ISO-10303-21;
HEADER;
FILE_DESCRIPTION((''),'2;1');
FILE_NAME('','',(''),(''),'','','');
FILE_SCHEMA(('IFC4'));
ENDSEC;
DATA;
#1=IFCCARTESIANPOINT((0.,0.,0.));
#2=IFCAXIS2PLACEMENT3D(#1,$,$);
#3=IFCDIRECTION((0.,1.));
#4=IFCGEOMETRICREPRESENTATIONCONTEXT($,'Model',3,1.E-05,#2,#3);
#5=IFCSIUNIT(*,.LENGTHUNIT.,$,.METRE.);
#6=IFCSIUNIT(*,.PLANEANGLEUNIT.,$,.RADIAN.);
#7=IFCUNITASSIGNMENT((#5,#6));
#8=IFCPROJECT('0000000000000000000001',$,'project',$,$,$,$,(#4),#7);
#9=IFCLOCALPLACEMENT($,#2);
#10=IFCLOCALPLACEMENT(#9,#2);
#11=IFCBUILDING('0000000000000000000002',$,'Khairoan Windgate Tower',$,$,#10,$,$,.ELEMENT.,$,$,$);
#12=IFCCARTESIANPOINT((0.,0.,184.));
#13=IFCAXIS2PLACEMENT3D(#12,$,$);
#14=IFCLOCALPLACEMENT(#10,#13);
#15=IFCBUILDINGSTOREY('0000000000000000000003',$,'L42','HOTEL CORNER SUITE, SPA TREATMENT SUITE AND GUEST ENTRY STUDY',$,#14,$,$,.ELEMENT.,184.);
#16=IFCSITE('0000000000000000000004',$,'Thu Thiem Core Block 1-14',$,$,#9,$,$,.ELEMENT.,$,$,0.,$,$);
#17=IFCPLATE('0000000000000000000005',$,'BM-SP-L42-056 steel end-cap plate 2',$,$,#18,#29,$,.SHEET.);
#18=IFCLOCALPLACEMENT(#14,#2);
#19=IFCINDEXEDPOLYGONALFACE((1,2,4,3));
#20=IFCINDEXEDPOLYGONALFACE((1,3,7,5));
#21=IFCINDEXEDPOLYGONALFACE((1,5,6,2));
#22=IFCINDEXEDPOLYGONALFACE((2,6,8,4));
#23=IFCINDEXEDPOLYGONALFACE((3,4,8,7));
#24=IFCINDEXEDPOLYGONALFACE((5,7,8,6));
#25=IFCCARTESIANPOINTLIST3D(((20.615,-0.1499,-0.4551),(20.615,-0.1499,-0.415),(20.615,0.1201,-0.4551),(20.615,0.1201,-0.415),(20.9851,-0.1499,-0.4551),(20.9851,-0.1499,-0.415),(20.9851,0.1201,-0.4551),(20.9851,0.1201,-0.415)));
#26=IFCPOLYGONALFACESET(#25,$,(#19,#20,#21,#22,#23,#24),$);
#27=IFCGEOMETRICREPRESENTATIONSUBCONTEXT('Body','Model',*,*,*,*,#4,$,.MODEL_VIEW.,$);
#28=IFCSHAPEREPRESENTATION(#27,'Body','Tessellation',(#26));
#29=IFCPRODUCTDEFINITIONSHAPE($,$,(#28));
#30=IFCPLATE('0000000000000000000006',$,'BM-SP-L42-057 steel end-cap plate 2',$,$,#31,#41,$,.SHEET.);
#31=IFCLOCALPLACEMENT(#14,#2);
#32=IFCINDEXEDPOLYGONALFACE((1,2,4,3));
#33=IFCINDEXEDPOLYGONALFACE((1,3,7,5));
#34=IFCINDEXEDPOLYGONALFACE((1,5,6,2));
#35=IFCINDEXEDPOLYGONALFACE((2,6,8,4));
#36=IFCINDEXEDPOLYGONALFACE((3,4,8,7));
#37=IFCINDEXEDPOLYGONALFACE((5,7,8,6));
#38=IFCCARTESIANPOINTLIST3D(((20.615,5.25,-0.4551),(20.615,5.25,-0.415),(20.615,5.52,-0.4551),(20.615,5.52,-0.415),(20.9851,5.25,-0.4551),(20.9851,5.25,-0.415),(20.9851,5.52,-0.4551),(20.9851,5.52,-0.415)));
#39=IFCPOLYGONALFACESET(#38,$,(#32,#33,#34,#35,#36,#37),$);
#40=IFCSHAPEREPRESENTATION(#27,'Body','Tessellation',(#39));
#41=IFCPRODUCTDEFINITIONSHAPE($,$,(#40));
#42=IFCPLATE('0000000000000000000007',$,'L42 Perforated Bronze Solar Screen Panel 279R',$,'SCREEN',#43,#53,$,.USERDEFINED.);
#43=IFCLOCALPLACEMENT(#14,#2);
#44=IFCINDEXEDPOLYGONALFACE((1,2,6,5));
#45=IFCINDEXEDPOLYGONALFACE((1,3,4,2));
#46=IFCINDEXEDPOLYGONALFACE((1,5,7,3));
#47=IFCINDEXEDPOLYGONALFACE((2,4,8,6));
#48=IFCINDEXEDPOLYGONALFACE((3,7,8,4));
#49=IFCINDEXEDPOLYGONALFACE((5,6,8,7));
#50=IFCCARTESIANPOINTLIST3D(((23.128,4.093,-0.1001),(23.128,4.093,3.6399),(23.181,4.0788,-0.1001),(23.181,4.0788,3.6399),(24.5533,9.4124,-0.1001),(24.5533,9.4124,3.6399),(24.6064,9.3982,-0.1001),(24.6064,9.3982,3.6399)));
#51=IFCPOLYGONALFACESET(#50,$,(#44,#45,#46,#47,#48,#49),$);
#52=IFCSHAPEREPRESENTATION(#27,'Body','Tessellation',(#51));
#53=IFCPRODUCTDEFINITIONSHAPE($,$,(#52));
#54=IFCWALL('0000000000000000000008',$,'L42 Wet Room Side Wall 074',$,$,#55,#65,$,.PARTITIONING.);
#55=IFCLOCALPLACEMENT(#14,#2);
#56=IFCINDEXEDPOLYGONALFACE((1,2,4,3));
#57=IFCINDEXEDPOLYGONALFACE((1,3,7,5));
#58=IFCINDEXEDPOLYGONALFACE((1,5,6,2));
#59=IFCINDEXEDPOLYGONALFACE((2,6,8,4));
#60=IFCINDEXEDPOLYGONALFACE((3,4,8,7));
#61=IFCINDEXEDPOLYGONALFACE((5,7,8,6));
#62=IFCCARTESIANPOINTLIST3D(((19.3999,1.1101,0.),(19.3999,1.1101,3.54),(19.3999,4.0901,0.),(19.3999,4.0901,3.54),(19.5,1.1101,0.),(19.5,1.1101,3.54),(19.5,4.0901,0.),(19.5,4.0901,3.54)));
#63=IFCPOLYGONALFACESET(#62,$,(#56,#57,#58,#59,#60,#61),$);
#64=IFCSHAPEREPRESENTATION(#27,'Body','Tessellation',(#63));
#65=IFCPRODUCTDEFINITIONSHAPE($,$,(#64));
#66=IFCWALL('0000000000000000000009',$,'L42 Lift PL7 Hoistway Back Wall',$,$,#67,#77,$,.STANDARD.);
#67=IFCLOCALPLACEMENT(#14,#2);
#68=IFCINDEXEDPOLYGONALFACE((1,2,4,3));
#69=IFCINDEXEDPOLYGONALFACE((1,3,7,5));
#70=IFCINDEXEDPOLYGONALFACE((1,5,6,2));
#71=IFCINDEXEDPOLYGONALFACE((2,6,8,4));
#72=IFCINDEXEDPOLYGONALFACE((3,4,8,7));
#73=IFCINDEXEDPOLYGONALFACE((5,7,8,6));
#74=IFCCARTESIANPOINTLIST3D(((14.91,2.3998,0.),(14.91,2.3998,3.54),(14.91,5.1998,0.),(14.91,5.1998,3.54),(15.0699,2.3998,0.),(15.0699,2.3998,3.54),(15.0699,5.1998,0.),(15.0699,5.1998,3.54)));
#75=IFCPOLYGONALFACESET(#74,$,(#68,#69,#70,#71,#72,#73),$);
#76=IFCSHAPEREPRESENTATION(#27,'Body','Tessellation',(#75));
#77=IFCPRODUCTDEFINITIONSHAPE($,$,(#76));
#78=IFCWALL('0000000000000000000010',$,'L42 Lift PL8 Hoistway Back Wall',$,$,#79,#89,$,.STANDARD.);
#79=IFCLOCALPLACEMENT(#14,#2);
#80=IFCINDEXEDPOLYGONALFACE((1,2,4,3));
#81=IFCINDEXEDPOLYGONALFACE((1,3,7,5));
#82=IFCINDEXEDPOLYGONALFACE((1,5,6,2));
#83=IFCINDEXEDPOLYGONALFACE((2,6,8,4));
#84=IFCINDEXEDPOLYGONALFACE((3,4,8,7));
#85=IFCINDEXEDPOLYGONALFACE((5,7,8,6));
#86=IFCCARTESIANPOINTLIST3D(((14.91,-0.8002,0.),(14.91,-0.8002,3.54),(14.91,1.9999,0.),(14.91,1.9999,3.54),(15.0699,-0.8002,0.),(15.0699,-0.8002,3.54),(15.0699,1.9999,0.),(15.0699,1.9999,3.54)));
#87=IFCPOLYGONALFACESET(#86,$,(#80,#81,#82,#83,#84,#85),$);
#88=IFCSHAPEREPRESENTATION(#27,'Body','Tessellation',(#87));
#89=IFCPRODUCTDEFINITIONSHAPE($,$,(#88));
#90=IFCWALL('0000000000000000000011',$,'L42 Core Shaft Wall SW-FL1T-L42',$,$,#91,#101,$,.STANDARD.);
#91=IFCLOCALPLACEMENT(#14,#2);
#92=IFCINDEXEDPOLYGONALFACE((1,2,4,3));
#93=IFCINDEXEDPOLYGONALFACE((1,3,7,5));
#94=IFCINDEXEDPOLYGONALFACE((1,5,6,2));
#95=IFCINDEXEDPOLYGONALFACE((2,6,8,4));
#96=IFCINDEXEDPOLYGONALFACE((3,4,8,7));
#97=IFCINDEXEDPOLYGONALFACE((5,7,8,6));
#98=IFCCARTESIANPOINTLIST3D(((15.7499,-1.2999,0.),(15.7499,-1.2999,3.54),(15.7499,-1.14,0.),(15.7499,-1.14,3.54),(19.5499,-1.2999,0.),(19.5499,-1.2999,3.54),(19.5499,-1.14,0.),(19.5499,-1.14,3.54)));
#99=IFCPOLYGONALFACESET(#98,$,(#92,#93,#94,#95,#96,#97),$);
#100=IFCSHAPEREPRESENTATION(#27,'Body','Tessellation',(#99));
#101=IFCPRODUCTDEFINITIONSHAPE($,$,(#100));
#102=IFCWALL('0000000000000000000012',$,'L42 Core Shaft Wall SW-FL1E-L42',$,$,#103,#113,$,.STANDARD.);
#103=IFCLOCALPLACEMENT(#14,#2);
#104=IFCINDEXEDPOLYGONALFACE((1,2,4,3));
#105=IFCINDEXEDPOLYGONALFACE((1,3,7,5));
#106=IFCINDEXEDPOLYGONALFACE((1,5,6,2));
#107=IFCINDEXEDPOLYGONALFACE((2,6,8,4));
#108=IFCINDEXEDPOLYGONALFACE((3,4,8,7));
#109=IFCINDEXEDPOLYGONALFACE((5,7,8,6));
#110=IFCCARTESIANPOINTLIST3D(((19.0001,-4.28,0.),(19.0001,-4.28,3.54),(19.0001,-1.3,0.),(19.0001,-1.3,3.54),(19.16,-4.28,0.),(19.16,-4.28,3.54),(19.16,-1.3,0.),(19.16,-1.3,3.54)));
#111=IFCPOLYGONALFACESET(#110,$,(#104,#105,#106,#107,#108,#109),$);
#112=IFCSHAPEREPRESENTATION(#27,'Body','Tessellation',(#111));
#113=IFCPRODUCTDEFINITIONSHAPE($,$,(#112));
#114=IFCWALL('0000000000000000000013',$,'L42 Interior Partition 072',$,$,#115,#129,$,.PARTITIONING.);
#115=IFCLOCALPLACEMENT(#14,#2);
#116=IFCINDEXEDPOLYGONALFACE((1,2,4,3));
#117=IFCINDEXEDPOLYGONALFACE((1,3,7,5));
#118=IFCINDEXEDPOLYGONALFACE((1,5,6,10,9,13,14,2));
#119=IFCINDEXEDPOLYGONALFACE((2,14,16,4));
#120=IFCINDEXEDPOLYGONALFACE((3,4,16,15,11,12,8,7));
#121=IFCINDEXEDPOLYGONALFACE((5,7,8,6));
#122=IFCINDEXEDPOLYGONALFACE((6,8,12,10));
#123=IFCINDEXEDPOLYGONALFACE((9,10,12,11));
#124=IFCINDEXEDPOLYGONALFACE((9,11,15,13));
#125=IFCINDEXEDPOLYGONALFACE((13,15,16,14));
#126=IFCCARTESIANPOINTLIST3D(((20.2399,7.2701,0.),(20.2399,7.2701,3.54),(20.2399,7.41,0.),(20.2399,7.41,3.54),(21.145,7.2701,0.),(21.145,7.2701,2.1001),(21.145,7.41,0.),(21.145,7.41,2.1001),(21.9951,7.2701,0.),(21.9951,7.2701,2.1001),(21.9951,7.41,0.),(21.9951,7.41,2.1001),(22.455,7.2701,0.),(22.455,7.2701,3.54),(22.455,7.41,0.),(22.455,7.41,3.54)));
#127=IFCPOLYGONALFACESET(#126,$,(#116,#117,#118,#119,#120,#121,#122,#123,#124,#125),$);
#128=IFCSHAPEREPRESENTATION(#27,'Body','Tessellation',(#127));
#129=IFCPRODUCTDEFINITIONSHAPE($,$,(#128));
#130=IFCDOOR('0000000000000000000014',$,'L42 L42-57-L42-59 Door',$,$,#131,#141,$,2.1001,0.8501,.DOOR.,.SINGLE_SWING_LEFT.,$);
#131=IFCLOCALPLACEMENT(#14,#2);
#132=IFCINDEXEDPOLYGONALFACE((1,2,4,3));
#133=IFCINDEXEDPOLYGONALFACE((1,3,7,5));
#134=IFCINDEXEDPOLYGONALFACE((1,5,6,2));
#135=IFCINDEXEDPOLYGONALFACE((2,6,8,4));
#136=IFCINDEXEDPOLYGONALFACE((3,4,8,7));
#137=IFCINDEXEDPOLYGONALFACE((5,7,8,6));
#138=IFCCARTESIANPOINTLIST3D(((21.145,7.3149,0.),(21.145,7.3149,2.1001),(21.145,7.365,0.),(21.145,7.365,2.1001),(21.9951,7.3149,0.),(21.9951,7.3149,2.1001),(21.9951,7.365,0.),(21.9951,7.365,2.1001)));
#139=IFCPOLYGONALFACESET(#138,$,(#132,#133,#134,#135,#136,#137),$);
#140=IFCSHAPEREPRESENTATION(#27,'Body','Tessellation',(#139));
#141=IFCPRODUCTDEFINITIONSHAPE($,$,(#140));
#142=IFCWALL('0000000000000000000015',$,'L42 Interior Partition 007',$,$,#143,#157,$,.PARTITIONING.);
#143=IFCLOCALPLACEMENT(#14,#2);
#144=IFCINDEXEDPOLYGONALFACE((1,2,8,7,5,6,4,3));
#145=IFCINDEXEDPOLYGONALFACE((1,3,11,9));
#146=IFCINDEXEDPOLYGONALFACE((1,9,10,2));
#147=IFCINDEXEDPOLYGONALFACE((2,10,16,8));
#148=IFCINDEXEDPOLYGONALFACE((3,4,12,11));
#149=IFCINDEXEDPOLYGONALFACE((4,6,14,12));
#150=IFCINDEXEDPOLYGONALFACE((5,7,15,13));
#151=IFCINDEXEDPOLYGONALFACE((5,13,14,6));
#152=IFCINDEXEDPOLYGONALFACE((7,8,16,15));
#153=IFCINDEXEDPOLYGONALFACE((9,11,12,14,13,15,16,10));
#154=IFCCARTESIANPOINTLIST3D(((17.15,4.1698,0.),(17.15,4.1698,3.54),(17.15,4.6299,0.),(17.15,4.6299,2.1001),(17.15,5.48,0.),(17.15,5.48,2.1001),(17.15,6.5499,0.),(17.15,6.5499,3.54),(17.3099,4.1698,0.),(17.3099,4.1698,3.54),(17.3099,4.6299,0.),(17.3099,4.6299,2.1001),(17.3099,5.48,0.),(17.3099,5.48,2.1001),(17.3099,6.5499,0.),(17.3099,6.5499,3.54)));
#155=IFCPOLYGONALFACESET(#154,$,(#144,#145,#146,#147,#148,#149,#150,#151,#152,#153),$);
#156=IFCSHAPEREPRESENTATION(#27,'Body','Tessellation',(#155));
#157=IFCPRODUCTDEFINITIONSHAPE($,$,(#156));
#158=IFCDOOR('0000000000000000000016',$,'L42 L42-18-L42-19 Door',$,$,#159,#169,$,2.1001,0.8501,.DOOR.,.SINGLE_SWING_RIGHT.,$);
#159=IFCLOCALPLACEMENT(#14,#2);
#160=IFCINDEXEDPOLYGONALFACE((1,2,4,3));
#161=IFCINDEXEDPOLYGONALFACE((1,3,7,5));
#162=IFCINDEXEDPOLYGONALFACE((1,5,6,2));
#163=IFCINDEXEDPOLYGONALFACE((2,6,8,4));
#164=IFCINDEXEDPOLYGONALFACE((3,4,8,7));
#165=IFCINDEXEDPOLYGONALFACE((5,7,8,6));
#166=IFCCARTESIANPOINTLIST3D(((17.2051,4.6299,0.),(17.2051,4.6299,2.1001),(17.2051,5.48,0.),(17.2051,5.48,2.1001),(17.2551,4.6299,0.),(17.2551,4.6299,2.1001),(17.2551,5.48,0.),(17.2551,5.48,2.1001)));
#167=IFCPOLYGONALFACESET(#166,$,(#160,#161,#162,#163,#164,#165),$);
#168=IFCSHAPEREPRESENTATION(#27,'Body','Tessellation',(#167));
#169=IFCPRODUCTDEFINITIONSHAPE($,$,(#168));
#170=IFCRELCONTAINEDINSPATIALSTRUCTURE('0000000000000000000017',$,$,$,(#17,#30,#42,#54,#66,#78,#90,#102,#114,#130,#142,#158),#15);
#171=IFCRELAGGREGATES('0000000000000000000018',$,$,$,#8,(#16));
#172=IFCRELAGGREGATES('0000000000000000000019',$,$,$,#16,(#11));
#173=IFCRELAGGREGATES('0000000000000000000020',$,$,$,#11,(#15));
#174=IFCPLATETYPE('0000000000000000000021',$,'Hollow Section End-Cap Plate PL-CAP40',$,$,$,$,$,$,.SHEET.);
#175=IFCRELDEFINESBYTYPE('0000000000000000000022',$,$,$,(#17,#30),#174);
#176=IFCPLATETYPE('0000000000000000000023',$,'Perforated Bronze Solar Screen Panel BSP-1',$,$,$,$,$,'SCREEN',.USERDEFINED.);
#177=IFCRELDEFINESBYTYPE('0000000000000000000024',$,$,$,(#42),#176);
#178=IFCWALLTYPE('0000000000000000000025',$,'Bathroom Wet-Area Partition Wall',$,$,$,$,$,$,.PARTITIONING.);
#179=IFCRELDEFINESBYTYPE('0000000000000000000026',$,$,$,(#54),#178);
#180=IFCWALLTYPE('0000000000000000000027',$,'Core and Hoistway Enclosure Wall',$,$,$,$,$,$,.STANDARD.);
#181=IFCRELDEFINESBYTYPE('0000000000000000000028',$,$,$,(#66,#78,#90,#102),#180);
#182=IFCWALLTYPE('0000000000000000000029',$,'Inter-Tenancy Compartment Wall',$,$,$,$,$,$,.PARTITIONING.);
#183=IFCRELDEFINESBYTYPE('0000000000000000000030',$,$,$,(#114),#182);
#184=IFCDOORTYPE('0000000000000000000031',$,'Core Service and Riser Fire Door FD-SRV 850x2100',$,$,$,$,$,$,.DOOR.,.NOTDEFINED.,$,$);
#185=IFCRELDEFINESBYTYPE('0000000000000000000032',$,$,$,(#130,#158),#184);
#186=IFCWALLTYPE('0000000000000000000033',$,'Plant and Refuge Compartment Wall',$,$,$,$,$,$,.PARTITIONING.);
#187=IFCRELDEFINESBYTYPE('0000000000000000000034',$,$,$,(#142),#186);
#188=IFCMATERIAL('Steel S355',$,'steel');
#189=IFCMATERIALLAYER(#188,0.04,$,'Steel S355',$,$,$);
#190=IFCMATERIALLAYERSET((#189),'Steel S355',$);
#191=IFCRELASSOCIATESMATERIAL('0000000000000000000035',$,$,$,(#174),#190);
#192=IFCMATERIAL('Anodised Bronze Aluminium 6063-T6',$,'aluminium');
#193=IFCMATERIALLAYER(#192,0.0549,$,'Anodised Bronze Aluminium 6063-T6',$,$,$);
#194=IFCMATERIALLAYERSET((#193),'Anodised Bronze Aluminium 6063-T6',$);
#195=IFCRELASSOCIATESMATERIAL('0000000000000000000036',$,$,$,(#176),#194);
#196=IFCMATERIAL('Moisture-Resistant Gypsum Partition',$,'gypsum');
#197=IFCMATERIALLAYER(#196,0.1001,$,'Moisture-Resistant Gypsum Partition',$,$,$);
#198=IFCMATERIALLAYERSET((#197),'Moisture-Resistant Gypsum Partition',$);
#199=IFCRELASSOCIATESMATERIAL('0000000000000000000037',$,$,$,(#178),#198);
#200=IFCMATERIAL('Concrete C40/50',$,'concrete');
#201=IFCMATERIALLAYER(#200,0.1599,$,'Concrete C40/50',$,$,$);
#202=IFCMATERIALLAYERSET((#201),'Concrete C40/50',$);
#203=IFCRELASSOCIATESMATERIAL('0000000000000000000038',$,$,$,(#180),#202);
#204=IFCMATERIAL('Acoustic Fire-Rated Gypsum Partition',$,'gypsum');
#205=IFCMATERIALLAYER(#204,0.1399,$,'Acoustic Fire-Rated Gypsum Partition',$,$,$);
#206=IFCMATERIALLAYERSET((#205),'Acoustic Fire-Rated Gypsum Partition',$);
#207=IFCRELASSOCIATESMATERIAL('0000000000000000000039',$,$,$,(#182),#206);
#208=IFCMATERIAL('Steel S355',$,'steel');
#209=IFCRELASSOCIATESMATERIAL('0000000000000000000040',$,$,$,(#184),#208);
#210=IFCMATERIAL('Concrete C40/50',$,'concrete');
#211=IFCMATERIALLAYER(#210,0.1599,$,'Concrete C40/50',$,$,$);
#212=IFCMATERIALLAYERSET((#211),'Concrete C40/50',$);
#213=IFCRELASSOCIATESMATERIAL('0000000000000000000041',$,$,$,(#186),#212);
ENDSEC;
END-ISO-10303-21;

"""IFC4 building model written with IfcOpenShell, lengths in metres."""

from ifc_helpers import new_model, si_unit, direction, frame, frame_2d, origin, origin_2d, place, context, subcontext, project, spatial, rectangle, extrude, material, layer, layer_set, type_object, element, fill, save


model = new_model("IFC4")

# Units and contexts
model_context = context("Model", 3, precision=1e-05, world=origin(), true_north=direction((0.0, 1.0)))
body_context = subcontext(model_context, "Body", "Model", "MODEL_VIEW")
ifc_project = project(units=[si_unit("LENGTHUNIT", "METRE"), si_unit("PLANEANGLEUNIT", "RADIAN")], contexts=[model_context])

# Site, building, storey
site_placement = place(None, origin())
site = spatial("IfcSite", under=ifc_project, at=site_placement, Name="Thu Thiem Core Block 1-14", CompositionType="ELEMENT", RefElevation=0.0)
building_placement = place(site_placement, origin())
building = spatial("IfcBuilding", under=site, at=building_placement, Name="Khairoan Windgate Tower", CompositionType="ELEMENT")
storey_placement = place(building_placement, frame((0.0, 0.0, 184.0)))
storey = spatial("IfcBuildingStorey", under=building, at=storey_placement, Name="L42", Description="HOTEL CORNER SUITE, SPA TREATMENT SUITE AND GUEST ENTRY STUDY", CompositionType="ELEMENT", Elevation=184.0)

# Plates
ifc_material_1 = material(Name="Steel S355", Category="steel")
ifc_layer_1 = layer(ifc_material_1, 0.04, Name="Steel S355")
ifc_layer_set_1 = layer_set([ifc_layer_1], Name="Steel S355")
plate_type_1 = type_object("IfcPlateType", Name="Hollow Section End-Cap Plate PL-CAP40", PredefinedType="SHEET", material=ifc_layer_set_1)
for number, where, z_axis, x_axis, name in (
    (1, (20.8, -0.0149, -0.4551), (0.0, 0.0, 1.0), (0.0, 1.0, 0.0), "BM-SP-L42-056 steel end-cap plate 2"),
    (2, (20.8, 5.385, -0.4551), (0.0, 0.0, 1.0), (0.0, 1.0, 0.0), "BM-SP-L42-057 steel end-cap plate 2"),
):
    element("IfcPlate", number, at=place(storey_placement, frame(where, z_axis=z_axis, x_axis=x_axis)), inside=storey, type_object=plate_type_1, Name=name, PredefinedType="SHEET", context=body_context, shape_type="SweptSolid", body=[
        extrude(rectangle(XDim=0.27, YDim=0.3701, at=origin_2d()), origin(), (0.0, 0.0, 1.0), 0.04),
    ])
ifc_material_2 = material(Name="Anodised Bronze Aluminium 6063-T6", Category="aluminium")
ifc_layer_2 = layer(ifc_material_2, 0.0549, Name="Anodised Bronze Aluminium 6063-T6")
ifc_layer_set_2 = layer_set([ifc_layer_2], Name="Anodised Bronze Aluminium 6063-T6")
plate_type_2 = type_object("IfcPlateType", Name="Perforated Bronze Solar Screen Panel BSP-1", ElementType="SCREEN", PredefinedType="USERDEFINED", material=ifc_layer_set_2)
plate_placement = place(storey_placement, frame((23.8672, 6.7456, -0.1001), z_axis=(0.0, 0.0, 1.0), x_axis=(-0.258819, -0.965926, 0.0)))
element("IfcPlate", 3, at=plate_placement, inside=storey, type_object=plate_type_2, Name="L42 Perforated Bronze Solar Screen Panel 279R", ObjectType="SCREEN", PredefinedType="USERDEFINED", context=body_context, shape_type="SweptSolid", body=[
    extrude(rectangle(XDim=5.5071, YDim=0.0549, at=origin_2d()), origin(), (0.0, 0.0, 1.0), 3.74),
])

# Walls
ifc_material_3 = material(Name="Moisture-Resistant Gypsum Partition", Category="gypsum")
ifc_layer_3 = layer(ifc_material_3, 0.1001, Name="Moisture-Resistant Gypsum Partition")
ifc_layer_set_3 = layer_set([ifc_layer_3], Name="Moisture-Resistant Gypsum Partition")
wall_type_1 = type_object("IfcWallType", Name="Bathroom Wet-Area Partition Wall", PredefinedType="PARTITIONING", material=ifc_layer_set_3)
wall_1_placement = place(storey_placement, frame((19.45, 4.0901, 0.0), z_axis=(0.0, 0.0, 1.0), x_axis=(0.0, -1.0, 0.0)))
element("IfcWall", 4, at=wall_1_placement, inside=storey, type_object=wall_type_1, Name="L42 Wet Room Side Wall 074", PredefinedType="PARTITIONING", context=body_context, shape_type="SweptSolid", body=[
    extrude(rectangle(XDim=2.98, YDim=0.1001, at=frame_2d((1.49, 0.0))), origin(), (0.0, 0.0, 1.0), 3.54),
])
ifc_material_4 = material(Name="Concrete C40/50", Category="concrete")
ifc_layer_4 = layer(ifc_material_4, 0.1599, Name="Concrete C40/50")
ifc_layer_set_4 = layer_set([ifc_layer_4], Name="Concrete C40/50")
wall_type_2 = type_object("IfcWallType", Name="Core and Hoistway Enclosure Wall", PredefinedType="STANDARD", material=ifc_layer_set_4)
for number, where, z_axis, x_axis, name in (
    (5, (14.99, 2.3999, 0.0), (0.0, 0.0, 1.0), (0.0, 1.0, 0.0), "L42 Lift PL7 Hoistway Back Wall"),
    (6, (14.99, -0.8, 0.0), (0.0, 0.0, 1.0), (0.0, 1.0, 0.0), "L42 Lift PL8 Hoistway Back Wall"),
):
    element("IfcWall", number, at=place(storey_placement, frame(where, z_axis=z_axis, x_axis=x_axis)), inside=storey, type_object=wall_type_2, Name=name, PredefinedType="STANDARD", context=body_context, shape_type="SweptSolid", body=[
        extrude(rectangle(XDim=2.8, YDim=0.1599, at=frame_2d((1.3999, 0.0))), origin(), (0.0, 0.0, 1.0), 3.54),
    ])
wall_2_placement = place(storey_placement, frame((15.75, -1.22, 0.0), z_axis=(0.0, 0.0, 1.0), x_axis=(1.0, 0.0, 0.0)))
element("IfcWall", 7, at=wall_2_placement, inside=storey, type_object=wall_type_2, Name="L42 Core Shaft Wall SW-FL1T-L42", PredefinedType="STANDARD", context=body_context, shape_type="SweptSolid", body=[
    extrude(rectangle(XDim=3.8, YDim=0.1599, at=frame_2d((1.8999, 0.0))), origin(), (0.0, 0.0, 1.0), 3.54),
])
wall_3_placement = place(storey_placement, frame((19.0801, -4.28, 0.0), z_axis=(0.0, 0.0, 1.0), x_axis=(0.0, 1.0, 0.0)))
element("IfcWall", 8, at=wall_3_placement, inside=storey, type_object=wall_type_2, Name="L42 Core Shaft Wall SW-FL1E-L42", PredefinedType="STANDARD", context=body_context, shape_type="SweptSolid", body=[
    extrude(rectangle(XDim=2.98, YDim=0.1599, at=frame_2d((1.49, 0.0))), origin(), (0.0, 0.0, 1.0), 3.54),
])

# Walls, openings, doors
ifc_material_5 = material(Name="Acoustic Fire-Rated Gypsum Partition", Category="gypsum")
ifc_layer_5 = layer(ifc_material_5, 0.1399, Name="Acoustic Fire-Rated Gypsum Partition")
ifc_layer_set_5 = layer_set([ifc_layer_5], Name="Acoustic Fire-Rated Gypsum Partition")
wall_type_3 = type_object("IfcWallType", Name="Inter-Tenancy Compartment Wall", PredefinedType="PARTITIONING", material=ifc_layer_set_5)
wall_4_placement = place(storey_placement, frame((20.24, 7.3401, 0.0), z_axis=(0.0, 0.0, 1.0), x_axis=(1.0, 0.0, 0.0)))
wall_4 = element("IfcWall", 9, at=wall_4_placement, inside=storey, type_object=wall_type_3, Name="L42 Interior Partition 072", PredefinedType="PARTITIONING", context=body_context, shape_type="SweptSolid", body=[
    extrude(rectangle(XDim=2.2151, YDim=0.1399, at=frame_2d((1.1074, 0.0))), origin(), (0.0, 0.0, 1.0), 3.54),
])
opening_1_placement = place(wall_4_placement, frame((0.905, 0.0, 0.0)))
opening_1 = element("IfcOpeningElement", 10, at=opening_1_placement, cuts=wall_4, PredefinedType="OPENING", context=body_context, shape_type="SweptSolid", body=[
    extrude(rectangle(XDim=0.8501, YDim=2.1001, at=frame_2d((0.425, 1.05))), frame((0.0, 0.0798, 0.0), z_axis=(0.0, -1.0, 0.0), x_axis=(1.0, 0.0, 0.0)), (0.0, 0.0, 1.0), 0.1599),
])
ifc_material_6 = material(Name="Steel S355", Category="steel")
door_type = type_object("IfcDoorType", Name="Core Service and Riser Fire Door FD-SRV 850x2100", OperationType="NOTDEFINED", PredefinedType="DOOR", material=ifc_material_6)
door_1_placement = place(opening_1_placement, origin())
door_1 = element("IfcDoor", 11, at=door_1_placement, inside=storey, type_object=door_type, Name="L42 L42-57-L42-59 Door", OperationType="SINGLE_SWING_LEFT", OverallHeight=2.1001, OverallWidth=0.8501, PredefinedType="DOOR", context=body_context, shape_type="SweptSolid", body=[
    extrude(rectangle(XDim=0.8501, YDim=2.1001, at=frame_2d((0.425, 1.05))), frame((0.0, 0.0249, 0.0), z_axis=(0.0, -1.0, 0.0), x_axis=(1.0, 0.0, 0.0)), (0.0, 0.0, 1.0), 0.05),
])
fill(opening_1, door_1)
ifc_material_7 = material(Name="Concrete C40/50", Category="concrete")
ifc_layer_6 = layer(ifc_material_7, 0.1599, Name="Concrete C40/50")
ifc_layer_set_6 = layer_set([ifc_layer_6], Name="Concrete C40/50")
wall_type_4 = type_object("IfcWallType", Name="Plant and Refuge Compartment Wall", PredefinedType="PARTITIONING", material=ifc_layer_set_6)
wall_5_placement = place(storey_placement, frame((17.23, 4.1699, 0.0), z_axis=(0.0, 0.0, 1.0), x_axis=(0.0, 1.0, 0.0)))
wall_5 = element("IfcWall", 12, at=wall_5_placement, inside=storey, type_object=wall_type_4, Name="L42 Interior Partition 007", PredefinedType="PARTITIONING", context=body_context, shape_type="SweptSolid", body=[
    extrude(rectangle(XDim=2.3801, YDim=0.1599, at=frame_2d((1.1899, 0.0))), origin(), (0.0, 0.0, 1.0), 3.54),
])
opening_2_placement = place(wall_5_placement, frame((0.46, 0.0, 0.0)))
opening_2 = element("IfcOpeningElement", 13, at=opening_2_placement, cuts=wall_5, PredefinedType="OPENING", context=body_context, shape_type="SweptSolid", body=[
    extrude(rectangle(XDim=0.8501, YDim=2.1001, at=frame_2d((0.425, 1.05))), frame((0.0, 0.0898, 0.0), z_axis=(0.0, -1.0, 0.0), x_axis=(1.0, 0.0, 0.0)), (0.0, 0.0, 1.0), 0.1799),
])
door_2_placement = place(opening_2_placement, origin())
door_2 = element("IfcDoor", 14, at=door_2_placement, inside=storey, type_object=door_type, Name="L42 L42-18-L42-19 Door", OperationType="SINGLE_SWING_RIGHT", OverallHeight=2.1001, OverallWidth=0.8501, PredefinedType="DOOR", context=body_context, shape_type="SweptSolid", body=[
    extrude(rectangle(XDim=0.8501, YDim=2.1001, at=frame_2d((0.425, 1.05))), frame((0.0, 0.0249, 0.0), z_axis=(0.0, -1.0, 0.0), x_axis=(1.0, 0.0, 0.0)), (0.0, 0.0, 1.0), 0.05),
])
fill(opening_2, door_2)

save(model, "model.ifc")
